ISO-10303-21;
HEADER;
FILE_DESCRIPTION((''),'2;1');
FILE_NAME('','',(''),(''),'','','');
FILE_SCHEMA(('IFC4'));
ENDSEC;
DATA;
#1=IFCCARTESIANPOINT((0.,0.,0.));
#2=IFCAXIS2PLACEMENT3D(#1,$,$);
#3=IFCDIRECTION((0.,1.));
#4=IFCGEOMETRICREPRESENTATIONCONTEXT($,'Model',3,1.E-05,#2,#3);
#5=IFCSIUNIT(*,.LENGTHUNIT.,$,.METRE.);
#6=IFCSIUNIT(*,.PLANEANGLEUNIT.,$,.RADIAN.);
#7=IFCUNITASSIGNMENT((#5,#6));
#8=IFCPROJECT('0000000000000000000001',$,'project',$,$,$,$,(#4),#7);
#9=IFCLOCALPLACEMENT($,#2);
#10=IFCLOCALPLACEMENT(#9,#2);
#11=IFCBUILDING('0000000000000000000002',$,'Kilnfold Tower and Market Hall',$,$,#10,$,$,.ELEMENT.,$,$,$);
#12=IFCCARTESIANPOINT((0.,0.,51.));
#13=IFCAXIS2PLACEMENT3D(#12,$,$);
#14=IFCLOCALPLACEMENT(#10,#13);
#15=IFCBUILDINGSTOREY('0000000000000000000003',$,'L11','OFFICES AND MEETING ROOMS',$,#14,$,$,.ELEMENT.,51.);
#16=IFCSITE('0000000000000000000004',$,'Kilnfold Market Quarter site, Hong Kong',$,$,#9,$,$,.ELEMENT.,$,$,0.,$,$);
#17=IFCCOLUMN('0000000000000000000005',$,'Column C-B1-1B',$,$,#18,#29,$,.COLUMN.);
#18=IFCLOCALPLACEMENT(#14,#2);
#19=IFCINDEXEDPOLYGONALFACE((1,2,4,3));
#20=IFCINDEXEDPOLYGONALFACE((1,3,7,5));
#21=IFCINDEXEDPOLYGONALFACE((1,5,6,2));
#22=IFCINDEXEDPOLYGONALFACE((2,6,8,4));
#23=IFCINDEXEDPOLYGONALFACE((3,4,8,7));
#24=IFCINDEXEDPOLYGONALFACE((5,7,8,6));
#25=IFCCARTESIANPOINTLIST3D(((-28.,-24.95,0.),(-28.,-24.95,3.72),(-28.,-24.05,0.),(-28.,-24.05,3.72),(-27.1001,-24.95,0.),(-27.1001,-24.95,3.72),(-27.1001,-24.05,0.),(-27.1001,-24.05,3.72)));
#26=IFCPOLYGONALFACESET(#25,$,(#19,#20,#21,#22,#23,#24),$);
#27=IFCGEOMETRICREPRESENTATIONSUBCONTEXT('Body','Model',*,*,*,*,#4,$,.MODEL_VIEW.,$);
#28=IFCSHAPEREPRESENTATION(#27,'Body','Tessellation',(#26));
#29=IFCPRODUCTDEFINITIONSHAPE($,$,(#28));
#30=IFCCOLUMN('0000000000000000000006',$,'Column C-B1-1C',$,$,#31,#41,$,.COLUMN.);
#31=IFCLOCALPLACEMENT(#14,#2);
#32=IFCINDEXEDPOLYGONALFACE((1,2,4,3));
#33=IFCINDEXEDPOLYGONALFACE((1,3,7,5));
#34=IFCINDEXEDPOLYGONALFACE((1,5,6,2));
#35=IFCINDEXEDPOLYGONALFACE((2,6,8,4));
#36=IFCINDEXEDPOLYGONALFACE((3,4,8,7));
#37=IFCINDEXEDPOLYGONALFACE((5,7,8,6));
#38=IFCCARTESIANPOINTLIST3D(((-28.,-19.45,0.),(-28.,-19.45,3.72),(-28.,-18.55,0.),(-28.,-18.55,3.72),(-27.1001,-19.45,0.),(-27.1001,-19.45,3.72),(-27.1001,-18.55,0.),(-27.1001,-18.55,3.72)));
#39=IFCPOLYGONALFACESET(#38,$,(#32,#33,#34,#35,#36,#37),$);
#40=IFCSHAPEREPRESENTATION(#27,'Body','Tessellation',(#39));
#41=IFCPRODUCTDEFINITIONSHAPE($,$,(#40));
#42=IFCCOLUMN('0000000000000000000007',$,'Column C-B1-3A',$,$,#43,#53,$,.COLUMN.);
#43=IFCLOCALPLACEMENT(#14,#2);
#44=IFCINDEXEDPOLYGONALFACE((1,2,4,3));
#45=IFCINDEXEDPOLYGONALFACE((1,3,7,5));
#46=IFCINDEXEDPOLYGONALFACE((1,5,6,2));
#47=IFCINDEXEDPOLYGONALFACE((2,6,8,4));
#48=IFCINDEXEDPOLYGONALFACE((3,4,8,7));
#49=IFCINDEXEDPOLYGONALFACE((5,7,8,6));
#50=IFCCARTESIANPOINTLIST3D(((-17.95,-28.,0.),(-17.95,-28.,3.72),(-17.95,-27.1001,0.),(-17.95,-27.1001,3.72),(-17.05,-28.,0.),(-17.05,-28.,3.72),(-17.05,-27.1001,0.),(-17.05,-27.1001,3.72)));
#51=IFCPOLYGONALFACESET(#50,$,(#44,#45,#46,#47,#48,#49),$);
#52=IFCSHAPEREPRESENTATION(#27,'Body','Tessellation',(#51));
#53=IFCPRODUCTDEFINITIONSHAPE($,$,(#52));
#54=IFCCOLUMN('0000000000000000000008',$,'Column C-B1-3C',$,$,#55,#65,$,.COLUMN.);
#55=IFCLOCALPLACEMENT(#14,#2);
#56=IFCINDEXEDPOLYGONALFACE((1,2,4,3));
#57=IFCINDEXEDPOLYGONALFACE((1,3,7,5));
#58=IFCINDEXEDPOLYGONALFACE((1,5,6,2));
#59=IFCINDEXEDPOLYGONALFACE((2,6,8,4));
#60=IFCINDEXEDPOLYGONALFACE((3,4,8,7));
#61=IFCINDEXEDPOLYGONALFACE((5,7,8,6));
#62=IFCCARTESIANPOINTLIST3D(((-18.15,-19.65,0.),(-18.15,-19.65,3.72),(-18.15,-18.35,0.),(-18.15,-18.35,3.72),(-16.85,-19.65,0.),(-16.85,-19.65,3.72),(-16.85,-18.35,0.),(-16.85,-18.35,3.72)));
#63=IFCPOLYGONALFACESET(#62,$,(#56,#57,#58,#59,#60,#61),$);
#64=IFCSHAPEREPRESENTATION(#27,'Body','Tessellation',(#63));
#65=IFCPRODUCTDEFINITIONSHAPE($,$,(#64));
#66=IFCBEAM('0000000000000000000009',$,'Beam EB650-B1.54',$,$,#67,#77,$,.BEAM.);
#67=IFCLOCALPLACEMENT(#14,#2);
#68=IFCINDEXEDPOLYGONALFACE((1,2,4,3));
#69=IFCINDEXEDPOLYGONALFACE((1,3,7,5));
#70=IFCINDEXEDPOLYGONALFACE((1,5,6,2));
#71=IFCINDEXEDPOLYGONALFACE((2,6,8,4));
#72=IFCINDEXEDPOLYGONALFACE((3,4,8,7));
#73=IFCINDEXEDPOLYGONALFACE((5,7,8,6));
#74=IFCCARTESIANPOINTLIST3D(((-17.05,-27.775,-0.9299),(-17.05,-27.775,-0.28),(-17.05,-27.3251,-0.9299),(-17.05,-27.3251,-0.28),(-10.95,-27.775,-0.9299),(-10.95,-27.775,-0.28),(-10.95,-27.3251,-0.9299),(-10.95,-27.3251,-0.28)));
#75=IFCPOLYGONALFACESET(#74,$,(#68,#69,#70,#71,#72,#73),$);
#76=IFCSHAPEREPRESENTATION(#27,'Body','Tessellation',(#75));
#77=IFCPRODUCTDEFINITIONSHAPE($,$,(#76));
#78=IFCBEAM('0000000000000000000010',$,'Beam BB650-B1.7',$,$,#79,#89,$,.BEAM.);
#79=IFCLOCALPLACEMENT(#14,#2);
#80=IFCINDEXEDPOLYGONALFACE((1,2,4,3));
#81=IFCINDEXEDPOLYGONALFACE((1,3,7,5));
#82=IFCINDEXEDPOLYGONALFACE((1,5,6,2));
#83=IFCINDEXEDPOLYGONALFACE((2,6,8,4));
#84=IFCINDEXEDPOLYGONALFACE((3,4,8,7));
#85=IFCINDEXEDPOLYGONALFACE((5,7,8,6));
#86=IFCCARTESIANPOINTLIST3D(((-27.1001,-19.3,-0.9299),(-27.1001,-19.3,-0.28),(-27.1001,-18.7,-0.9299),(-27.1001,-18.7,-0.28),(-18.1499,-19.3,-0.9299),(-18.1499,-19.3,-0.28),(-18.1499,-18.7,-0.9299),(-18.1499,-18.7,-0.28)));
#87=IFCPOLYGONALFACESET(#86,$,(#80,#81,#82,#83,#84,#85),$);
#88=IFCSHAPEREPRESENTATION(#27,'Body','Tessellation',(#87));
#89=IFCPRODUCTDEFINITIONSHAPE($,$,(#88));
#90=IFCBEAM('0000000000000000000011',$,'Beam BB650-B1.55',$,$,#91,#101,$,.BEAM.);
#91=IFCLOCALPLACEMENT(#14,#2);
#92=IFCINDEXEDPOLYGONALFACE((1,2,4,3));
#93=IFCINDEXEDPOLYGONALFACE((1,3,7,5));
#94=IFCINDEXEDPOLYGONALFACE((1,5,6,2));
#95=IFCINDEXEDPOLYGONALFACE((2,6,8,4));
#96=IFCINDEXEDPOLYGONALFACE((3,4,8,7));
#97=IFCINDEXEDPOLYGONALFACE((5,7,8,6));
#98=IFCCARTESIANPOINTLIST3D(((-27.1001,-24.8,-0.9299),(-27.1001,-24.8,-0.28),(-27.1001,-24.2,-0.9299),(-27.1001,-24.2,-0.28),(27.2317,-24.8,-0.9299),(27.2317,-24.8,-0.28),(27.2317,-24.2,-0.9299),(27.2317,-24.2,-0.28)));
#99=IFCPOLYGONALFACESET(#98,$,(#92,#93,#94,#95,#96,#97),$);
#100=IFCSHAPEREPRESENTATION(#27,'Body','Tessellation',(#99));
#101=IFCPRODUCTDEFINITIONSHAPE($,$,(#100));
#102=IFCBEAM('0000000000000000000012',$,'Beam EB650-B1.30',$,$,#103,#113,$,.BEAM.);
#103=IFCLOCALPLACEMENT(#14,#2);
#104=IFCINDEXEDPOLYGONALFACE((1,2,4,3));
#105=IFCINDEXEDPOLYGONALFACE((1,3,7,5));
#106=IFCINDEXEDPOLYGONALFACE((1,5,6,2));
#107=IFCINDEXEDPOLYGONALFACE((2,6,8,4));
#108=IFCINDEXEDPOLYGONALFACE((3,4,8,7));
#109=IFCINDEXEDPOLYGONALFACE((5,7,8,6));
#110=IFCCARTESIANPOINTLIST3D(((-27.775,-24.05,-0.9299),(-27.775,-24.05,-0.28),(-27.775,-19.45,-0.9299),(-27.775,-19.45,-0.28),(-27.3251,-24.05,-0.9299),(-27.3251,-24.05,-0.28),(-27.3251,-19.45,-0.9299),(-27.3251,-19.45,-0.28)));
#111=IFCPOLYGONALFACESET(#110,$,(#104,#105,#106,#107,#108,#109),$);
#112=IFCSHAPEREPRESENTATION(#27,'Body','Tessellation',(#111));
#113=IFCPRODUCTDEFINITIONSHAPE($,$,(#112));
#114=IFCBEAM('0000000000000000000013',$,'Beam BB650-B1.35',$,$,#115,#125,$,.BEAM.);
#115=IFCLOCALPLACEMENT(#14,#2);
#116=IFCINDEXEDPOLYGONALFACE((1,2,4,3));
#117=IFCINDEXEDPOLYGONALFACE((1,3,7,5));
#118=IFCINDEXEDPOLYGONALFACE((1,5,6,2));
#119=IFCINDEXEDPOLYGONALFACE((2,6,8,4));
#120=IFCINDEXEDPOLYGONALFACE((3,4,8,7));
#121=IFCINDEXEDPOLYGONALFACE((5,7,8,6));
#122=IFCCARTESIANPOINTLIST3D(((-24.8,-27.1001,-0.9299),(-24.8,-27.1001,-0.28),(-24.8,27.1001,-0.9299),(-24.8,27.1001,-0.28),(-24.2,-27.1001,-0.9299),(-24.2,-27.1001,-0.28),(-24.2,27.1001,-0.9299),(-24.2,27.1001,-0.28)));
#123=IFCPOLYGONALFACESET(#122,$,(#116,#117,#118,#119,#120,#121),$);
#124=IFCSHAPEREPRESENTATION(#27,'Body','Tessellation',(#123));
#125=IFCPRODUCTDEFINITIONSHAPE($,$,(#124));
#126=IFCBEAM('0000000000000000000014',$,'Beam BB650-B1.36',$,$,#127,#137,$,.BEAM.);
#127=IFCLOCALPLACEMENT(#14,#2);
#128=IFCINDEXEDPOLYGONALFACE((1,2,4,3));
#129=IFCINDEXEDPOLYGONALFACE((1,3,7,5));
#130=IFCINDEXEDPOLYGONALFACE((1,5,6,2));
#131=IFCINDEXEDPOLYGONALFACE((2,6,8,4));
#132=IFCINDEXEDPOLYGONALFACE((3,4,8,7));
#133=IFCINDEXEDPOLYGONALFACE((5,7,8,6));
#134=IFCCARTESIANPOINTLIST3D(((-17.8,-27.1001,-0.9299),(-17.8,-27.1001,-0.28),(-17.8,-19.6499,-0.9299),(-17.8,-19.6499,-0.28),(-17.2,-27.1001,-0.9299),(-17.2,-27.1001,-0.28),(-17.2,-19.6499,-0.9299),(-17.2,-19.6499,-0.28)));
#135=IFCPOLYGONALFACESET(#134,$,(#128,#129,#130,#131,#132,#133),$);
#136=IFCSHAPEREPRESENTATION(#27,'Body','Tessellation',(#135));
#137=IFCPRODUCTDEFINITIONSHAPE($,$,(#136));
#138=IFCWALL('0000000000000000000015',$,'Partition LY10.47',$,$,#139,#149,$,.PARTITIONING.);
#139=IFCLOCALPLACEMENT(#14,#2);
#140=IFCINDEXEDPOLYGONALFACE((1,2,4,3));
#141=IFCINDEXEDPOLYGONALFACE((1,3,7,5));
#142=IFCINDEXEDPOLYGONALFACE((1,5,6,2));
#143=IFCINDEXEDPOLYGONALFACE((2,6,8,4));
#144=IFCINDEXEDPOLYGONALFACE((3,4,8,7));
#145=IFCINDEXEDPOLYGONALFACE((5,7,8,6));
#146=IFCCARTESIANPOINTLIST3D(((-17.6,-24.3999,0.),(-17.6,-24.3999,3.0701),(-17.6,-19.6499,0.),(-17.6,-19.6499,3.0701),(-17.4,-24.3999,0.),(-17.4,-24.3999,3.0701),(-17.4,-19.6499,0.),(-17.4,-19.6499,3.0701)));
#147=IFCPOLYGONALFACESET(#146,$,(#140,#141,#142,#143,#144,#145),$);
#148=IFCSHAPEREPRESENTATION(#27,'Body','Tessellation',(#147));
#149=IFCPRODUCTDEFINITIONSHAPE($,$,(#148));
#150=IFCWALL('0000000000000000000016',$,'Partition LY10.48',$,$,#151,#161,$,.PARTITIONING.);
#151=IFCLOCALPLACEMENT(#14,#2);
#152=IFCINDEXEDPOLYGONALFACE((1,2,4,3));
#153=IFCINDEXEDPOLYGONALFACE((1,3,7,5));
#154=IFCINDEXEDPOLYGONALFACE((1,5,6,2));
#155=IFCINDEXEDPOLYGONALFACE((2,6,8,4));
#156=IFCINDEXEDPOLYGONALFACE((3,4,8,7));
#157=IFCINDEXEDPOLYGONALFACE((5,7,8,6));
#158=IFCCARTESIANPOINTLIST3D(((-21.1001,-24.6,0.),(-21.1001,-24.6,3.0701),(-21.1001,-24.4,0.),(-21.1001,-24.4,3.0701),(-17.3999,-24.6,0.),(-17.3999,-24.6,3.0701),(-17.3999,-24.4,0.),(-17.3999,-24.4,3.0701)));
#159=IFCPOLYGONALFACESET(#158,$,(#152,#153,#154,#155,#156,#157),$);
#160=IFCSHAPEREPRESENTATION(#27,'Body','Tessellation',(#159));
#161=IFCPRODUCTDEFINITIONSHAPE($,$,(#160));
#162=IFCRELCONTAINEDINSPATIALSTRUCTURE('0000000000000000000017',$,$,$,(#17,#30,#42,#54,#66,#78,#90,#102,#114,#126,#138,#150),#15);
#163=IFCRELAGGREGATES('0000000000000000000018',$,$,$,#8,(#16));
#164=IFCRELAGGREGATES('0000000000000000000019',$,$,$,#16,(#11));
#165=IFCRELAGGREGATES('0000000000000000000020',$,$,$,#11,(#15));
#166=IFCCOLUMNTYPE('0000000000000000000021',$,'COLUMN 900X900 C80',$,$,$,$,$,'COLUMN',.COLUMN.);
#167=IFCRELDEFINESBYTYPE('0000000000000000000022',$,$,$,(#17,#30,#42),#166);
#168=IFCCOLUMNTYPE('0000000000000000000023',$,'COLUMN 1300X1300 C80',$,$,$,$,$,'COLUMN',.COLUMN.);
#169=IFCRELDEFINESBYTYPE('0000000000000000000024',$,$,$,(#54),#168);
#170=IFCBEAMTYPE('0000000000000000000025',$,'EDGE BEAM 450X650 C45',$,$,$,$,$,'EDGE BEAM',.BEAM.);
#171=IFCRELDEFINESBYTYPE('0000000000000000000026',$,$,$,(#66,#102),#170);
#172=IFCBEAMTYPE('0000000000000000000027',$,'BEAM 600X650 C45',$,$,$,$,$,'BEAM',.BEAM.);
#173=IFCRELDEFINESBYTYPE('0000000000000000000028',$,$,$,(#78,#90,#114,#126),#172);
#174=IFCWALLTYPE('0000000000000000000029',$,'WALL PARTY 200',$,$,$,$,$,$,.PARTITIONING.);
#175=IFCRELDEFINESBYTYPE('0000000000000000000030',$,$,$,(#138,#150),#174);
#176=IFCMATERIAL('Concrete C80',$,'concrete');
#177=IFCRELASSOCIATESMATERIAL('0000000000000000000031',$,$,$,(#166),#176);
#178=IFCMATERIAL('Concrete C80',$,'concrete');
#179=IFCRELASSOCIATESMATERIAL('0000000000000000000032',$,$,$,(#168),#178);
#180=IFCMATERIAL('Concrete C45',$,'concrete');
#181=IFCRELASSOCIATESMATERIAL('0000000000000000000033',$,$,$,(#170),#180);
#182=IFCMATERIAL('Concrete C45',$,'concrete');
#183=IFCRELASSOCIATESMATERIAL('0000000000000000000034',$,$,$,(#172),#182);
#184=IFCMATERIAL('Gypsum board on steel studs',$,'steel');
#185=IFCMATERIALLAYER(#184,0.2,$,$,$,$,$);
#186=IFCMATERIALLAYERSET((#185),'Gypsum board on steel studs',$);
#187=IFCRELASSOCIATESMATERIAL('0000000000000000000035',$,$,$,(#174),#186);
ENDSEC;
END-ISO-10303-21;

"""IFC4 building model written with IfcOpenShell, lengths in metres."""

from ifc_helpers import new_model, si_unit, direction, frame, frame_2d, origin, origin_2d, place, context, subcontext, project, spatial, rectangle, extrude, source, transform, mapped, material, layer, layer_set, material_profile, profile_set, type_object, element, save


model = new_model("IFC4")

# Units and contexts
model_context = context("Model", 3, precision=1e-05, world=origin(), true_north=direction((0.0, 1.0)))
body_context = subcontext(model_context, "Body", "Model", "MODEL_VIEW")
ifc_project = project(units=[si_unit("LENGTHUNIT", "METRE"), si_unit("PLANEANGLEUNIT", "RADIAN")], contexts=[model_context])

# Site, building, storey
site_placement = place(None, origin())
site = spatial("IfcSite", under=ifc_project, at=site_placement, Name="Kilnfold Market Quarter site, Hong Kong", CompositionType="ELEMENT", RefElevation=0.0)
building_placement = place(site_placement, origin())
building = spatial("IfcBuilding", under=site, at=building_placement, Name="Kilnfold Tower and Market Hall", CompositionType="ELEMENT")
storey_placement = place(building_placement, frame((0.0, 0.0, 51.0)))
storey = spatial("IfcBuildingStorey", under=building, at=storey_placement, Name="L11", Description="OFFICES AND MEETING ROOMS", CompositionType="ELEMENT", Elevation=51.0)

# Columns
ifc_material_1 = material(Name="Concrete C80", Category="concrete")
ifc_material_profile_1 = material_profile(ifc_material_1, rectangle(XDim=0.8999, YDim=0.8999, at=origin_2d()), Name="RC 900x900")
ifc_profile_set_1 = profile_set([ifc_material_profile_1], Name="Concrete C80")
column_type_1 = type_object("IfcColumnType", Name="COLUMN 900X900 C80", ElementType="COLUMN", PredefinedType="COLUMN", material=ifc_profile_set_1)
shared_shape_1 = source(origin(), body_context, "Body", "SweptSolid", [
    extrude(rectangle(XDim=0.8999, YDim=0.8999, at=origin_2d()), origin(), (0.0, 0.0, 1.0), 3.72),
])
for number, where, z_axis, x_axis, name in (
    (1, (-27.55, -24.5, 0.0), (0.0, 0.0, 1.0), (1.0, 0.0, 0.0), "Column C-B1-1B"),
    (2, (-27.55, -19.0, 0.0), (0.0, 0.0, 1.0), (1.0, 0.0, 0.0), "Column C-B1-1C"),
    (3, (-17.5, -27.55, 0.0), (0.0, 0.0, 1.0), (1.0, 0.0, 0.0), "Column C-B1-3A"),
):
    element("IfcColumn", number, at=place(storey_placement, frame(where, z_axis=z_axis, x_axis=x_axis)), inside=storey, type_object=column_type_1, Name=name, PredefinedType="COLUMN", context=body_context, shape_type="MappedRepresentation", body=[
        mapped(shared_shape_1, transform((0.0, 0.0, 0.0))),
    ])
ifc_material_2 = material(Name="Concrete C80", Category="concrete")
ifc_material_profile_2 = material_profile(ifc_material_2, rectangle(XDim=1.3, YDim=1.3, at=origin_2d()), Name="RC 1300x1300")
ifc_profile_set_2 = profile_set([ifc_material_profile_2], Name="Concrete C80")
column_type_2 = type_object("IfcColumnType", Name="COLUMN 1300X1300 C80", ElementType="COLUMN", PredefinedType="COLUMN", material=ifc_profile_set_2)
shared_shape_2 = source(origin(), body_context, "Body", "SweptSolid", [
    extrude(rectangle(XDim=1.3, YDim=1.3, at=origin_2d()), origin(), (0.0, 0.0, 1.0), 3.72),
])
column_placement = place(storey_placement, frame((-17.5, -19.0, 0.0), z_axis=(0.0, 0.0, 1.0), x_axis=(1.0, 0.0, 0.0)))
element("IfcColumn", 4, at=column_placement, inside=storey, type_object=column_type_2, Name="Column C-B1-3C", PredefinedType="COLUMN", context=body_context, shape_type="MappedRepresentation", body=[
    mapped(shared_shape_2, transform((0.0, 0.0, 0.0))),
])

# Beams
ifc_material_3 = material(Name="Concrete C45", Category="concrete")
ifc_material_profile_3 = material_profile(ifc_material_3, rectangle(XDim=0.45, YDim=0.6499, at=origin_2d()), Name="RC 450x650")
ifc_profile_set_3 = profile_set([ifc_material_profile_3], Name="Concrete C45")
beam_type_1 = type_object("IfcBeamType", Name="EDGE BEAM 450X650 C45", ElementType="EDGE BEAM", PredefinedType="BEAM", material=ifc_profile_set_3)
shared_shape_3 = source(origin(), body_context, "Body", "SweptSolid", [
    extrude(rectangle(XDim=0.45, YDim=0.6499, at=origin_2d()), origin(), (0.0, 0.0, 1.0), 6.1001),
])
beam_1_placement = place(storey_placement, frame((-17.05, -27.55, -0.605), z_axis=(1.0, 0.0, 0.0), x_axis=(0.0, 1.0, 0.0)))
element("IfcBeam", 5, at=beam_1_placement, inside=storey, type_object=beam_type_1, Name="Beam EB650-B1.54", PredefinedType="BEAM", context=body_context, shape_type="MappedRepresentation", body=[
    mapped(shared_shape_3, transform((0.0, 0.0, 0.0))),
])
ifc_material_4 = material(Name="Concrete C45", Category="concrete")
ifc_material_profile_4 = material_profile(ifc_material_4, rectangle(XDim=0.6001, YDim=0.6499, at=origin_2d()), Name="RC 600x650")
ifc_profile_set_4 = profile_set([ifc_material_profile_4], Name="Concrete C45")
beam_type_2 = type_object("IfcBeamType", Name="BEAM 600X650 C45", ElementType="BEAM", PredefinedType="BEAM", material=ifc_profile_set_4)
shared_shape_4 = source(origin(), body_context, "Body", "SweptSolid", [
    extrude(rectangle(XDim=0.6001, YDim=0.6499, at=origin_2d()), origin(), (0.0, 0.0, 1.0), 8.9502),
])
beam_2_placement = place(storey_placement, frame((-27.1001, -19.0, -0.605), z_axis=(1.0, 0.0, 0.0), x_axis=(0.0, 1.0, 0.0)))
element("IfcBeam", 6, at=beam_2_placement, inside=storey, type_object=beam_type_2, Name="Beam BB650-B1.7", PredefinedType="BEAM", context=body_context, shape_type="MappedRepresentation", body=[
    mapped(shared_shape_4, transform((0.0, 0.0, 0.0))),
])
shared_shape_5 = source(origin(), body_context, "Body", "SweptSolid", [
    extrude(rectangle(XDim=0.6001, YDim=0.6499, at=origin_2d()), origin(), (0.0, 0.0, 1.0), 54.3318),
])
beam_3_placement = place(storey_placement, frame((-27.1001, -24.5, -0.605), z_axis=(1.0, 0.0, 0.0), x_axis=(0.0, 1.0, 0.0)))
element("IfcBeam", 7, at=beam_3_placement, inside=storey, type_object=beam_type_2, Name="Beam BB650-B1.55", PredefinedType="BEAM", context=body_context, shape_type="MappedRepresentation", body=[
    mapped(shared_shape_5, transform((0.0, 0.0, 0.0))),
])
shared_shape_6 = source(origin(), body_context, "Body", "SweptSolid", [
    extrude(rectangle(XDim=0.45, YDim=0.6499, at=origin_2d()), origin(), (0.0, 0.0, 1.0), 4.6001),
])
beam_4_placement = place(storey_placement, frame((-27.55, -24.05, -0.605), z_axis=(0.0, 1.0, 0.0), x_axis=(-1.0, 0.0, 0.0)))
element("IfcBeam", 8, at=beam_4_placement, inside=storey, type_object=beam_type_1, Name="Beam EB650-B1.30", PredefinedType="BEAM", context=body_context, shape_type="MappedRepresentation", body=[
    mapped(shared_shape_6, transform((0.0, 0.0, 0.0))),
])
shared_shape_7 = source(origin(), body_context, "Body", "SweptSolid", [
    extrude(rectangle(XDim=0.6001, YDim=0.6499, at=origin_2d()), origin(), (0.0, 0.0, 1.0), 54.2002),
])
beam_5_placement = place(storey_placement, frame((-24.5, -27.1001, -0.605), z_axis=(0.0, 1.0, 0.0), x_axis=(-1.0, 0.0, 0.0)))
element("IfcBeam", 9, at=beam_5_placement, inside=storey, type_object=beam_type_2, Name="Beam BB650-B1.35", PredefinedType="BEAM", context=body_context, shape_type="MappedRepresentation", body=[
    mapped(shared_shape_7, transform((0.0, 0.0, 0.0))),
])
shared_shape_8 = source(origin(), body_context, "Body", "SweptSolid", [
    extrude(rectangle(XDim=0.6001, YDim=0.6499, at=origin_2d()), origin(), (0.0, 0.0, 1.0), 7.4502),
])
beam_6_placement = place(storey_placement, frame((-17.5, -27.1001, -0.605), z_axis=(0.0, 1.0, 0.0), x_axis=(-1.0, 0.0, 0.0)))
element("IfcBeam", 10, at=beam_6_placement, inside=storey, type_object=beam_type_2, Name="Beam BB650-B1.36", PredefinedType="BEAM", context=body_context, shape_type="MappedRepresentation", body=[
    mapped(shared_shape_8, transform((0.0, 0.0, 0.0))),
])

# Walls
ifc_material_5 = material(Name="Gypsum board on steel studs", Category="steel")
ifc_layer_1 = layer(ifc_material_5, 0.2)
ifc_layer_set_1 = layer_set([ifc_layer_1], Name="Gypsum board on steel studs")
wall_type_1 = type_object("IfcWallType", Name="WALL PARTY 200", PredefinedType="PARTITIONING", material=ifc_layer_set_1)
wall_1_placement = place(storey_placement, frame((-17.5, -24.3999, 0.0), z_axis=(0.0, 0.0, 1.0), x_axis=(0.0, 1.0, 0.0)))
element("IfcWall", 11, at=wall_1_placement, inside=storey, type_object=wall_type_1, Name="Partition LY10.47", PredefinedType="PARTITIONING", context=body_context, shape_type="SweptSolid", body=[
    extrude(rectangle(XDim=4.75, YDim=0.2, at=frame_2d((2.375, 0.0))), origin(), (0.0, 0.0, 1.0), 3.0701),
])
wall_2_placement = place(storey_placement, frame((-21.1001, -24.5, 0.0), z_axis=(0.0, 0.0, 1.0), x_axis=(1.0, 0.0, 0.0)))
element("IfcWall", 12, at=wall_2_placement, inside=storey, type_object=wall_type_1, Name="Partition LY10.48", PredefinedType="PARTITIONING", context=body_context, shape_type="SweptSolid", body=[
    extrude(rectangle(XDim=3.7002, YDim=0.2, at=frame_2d((1.8501, 0.0))), origin(), (0.0, 0.0, 1.0), 3.0701),
])

save(model, "model.ifc")
